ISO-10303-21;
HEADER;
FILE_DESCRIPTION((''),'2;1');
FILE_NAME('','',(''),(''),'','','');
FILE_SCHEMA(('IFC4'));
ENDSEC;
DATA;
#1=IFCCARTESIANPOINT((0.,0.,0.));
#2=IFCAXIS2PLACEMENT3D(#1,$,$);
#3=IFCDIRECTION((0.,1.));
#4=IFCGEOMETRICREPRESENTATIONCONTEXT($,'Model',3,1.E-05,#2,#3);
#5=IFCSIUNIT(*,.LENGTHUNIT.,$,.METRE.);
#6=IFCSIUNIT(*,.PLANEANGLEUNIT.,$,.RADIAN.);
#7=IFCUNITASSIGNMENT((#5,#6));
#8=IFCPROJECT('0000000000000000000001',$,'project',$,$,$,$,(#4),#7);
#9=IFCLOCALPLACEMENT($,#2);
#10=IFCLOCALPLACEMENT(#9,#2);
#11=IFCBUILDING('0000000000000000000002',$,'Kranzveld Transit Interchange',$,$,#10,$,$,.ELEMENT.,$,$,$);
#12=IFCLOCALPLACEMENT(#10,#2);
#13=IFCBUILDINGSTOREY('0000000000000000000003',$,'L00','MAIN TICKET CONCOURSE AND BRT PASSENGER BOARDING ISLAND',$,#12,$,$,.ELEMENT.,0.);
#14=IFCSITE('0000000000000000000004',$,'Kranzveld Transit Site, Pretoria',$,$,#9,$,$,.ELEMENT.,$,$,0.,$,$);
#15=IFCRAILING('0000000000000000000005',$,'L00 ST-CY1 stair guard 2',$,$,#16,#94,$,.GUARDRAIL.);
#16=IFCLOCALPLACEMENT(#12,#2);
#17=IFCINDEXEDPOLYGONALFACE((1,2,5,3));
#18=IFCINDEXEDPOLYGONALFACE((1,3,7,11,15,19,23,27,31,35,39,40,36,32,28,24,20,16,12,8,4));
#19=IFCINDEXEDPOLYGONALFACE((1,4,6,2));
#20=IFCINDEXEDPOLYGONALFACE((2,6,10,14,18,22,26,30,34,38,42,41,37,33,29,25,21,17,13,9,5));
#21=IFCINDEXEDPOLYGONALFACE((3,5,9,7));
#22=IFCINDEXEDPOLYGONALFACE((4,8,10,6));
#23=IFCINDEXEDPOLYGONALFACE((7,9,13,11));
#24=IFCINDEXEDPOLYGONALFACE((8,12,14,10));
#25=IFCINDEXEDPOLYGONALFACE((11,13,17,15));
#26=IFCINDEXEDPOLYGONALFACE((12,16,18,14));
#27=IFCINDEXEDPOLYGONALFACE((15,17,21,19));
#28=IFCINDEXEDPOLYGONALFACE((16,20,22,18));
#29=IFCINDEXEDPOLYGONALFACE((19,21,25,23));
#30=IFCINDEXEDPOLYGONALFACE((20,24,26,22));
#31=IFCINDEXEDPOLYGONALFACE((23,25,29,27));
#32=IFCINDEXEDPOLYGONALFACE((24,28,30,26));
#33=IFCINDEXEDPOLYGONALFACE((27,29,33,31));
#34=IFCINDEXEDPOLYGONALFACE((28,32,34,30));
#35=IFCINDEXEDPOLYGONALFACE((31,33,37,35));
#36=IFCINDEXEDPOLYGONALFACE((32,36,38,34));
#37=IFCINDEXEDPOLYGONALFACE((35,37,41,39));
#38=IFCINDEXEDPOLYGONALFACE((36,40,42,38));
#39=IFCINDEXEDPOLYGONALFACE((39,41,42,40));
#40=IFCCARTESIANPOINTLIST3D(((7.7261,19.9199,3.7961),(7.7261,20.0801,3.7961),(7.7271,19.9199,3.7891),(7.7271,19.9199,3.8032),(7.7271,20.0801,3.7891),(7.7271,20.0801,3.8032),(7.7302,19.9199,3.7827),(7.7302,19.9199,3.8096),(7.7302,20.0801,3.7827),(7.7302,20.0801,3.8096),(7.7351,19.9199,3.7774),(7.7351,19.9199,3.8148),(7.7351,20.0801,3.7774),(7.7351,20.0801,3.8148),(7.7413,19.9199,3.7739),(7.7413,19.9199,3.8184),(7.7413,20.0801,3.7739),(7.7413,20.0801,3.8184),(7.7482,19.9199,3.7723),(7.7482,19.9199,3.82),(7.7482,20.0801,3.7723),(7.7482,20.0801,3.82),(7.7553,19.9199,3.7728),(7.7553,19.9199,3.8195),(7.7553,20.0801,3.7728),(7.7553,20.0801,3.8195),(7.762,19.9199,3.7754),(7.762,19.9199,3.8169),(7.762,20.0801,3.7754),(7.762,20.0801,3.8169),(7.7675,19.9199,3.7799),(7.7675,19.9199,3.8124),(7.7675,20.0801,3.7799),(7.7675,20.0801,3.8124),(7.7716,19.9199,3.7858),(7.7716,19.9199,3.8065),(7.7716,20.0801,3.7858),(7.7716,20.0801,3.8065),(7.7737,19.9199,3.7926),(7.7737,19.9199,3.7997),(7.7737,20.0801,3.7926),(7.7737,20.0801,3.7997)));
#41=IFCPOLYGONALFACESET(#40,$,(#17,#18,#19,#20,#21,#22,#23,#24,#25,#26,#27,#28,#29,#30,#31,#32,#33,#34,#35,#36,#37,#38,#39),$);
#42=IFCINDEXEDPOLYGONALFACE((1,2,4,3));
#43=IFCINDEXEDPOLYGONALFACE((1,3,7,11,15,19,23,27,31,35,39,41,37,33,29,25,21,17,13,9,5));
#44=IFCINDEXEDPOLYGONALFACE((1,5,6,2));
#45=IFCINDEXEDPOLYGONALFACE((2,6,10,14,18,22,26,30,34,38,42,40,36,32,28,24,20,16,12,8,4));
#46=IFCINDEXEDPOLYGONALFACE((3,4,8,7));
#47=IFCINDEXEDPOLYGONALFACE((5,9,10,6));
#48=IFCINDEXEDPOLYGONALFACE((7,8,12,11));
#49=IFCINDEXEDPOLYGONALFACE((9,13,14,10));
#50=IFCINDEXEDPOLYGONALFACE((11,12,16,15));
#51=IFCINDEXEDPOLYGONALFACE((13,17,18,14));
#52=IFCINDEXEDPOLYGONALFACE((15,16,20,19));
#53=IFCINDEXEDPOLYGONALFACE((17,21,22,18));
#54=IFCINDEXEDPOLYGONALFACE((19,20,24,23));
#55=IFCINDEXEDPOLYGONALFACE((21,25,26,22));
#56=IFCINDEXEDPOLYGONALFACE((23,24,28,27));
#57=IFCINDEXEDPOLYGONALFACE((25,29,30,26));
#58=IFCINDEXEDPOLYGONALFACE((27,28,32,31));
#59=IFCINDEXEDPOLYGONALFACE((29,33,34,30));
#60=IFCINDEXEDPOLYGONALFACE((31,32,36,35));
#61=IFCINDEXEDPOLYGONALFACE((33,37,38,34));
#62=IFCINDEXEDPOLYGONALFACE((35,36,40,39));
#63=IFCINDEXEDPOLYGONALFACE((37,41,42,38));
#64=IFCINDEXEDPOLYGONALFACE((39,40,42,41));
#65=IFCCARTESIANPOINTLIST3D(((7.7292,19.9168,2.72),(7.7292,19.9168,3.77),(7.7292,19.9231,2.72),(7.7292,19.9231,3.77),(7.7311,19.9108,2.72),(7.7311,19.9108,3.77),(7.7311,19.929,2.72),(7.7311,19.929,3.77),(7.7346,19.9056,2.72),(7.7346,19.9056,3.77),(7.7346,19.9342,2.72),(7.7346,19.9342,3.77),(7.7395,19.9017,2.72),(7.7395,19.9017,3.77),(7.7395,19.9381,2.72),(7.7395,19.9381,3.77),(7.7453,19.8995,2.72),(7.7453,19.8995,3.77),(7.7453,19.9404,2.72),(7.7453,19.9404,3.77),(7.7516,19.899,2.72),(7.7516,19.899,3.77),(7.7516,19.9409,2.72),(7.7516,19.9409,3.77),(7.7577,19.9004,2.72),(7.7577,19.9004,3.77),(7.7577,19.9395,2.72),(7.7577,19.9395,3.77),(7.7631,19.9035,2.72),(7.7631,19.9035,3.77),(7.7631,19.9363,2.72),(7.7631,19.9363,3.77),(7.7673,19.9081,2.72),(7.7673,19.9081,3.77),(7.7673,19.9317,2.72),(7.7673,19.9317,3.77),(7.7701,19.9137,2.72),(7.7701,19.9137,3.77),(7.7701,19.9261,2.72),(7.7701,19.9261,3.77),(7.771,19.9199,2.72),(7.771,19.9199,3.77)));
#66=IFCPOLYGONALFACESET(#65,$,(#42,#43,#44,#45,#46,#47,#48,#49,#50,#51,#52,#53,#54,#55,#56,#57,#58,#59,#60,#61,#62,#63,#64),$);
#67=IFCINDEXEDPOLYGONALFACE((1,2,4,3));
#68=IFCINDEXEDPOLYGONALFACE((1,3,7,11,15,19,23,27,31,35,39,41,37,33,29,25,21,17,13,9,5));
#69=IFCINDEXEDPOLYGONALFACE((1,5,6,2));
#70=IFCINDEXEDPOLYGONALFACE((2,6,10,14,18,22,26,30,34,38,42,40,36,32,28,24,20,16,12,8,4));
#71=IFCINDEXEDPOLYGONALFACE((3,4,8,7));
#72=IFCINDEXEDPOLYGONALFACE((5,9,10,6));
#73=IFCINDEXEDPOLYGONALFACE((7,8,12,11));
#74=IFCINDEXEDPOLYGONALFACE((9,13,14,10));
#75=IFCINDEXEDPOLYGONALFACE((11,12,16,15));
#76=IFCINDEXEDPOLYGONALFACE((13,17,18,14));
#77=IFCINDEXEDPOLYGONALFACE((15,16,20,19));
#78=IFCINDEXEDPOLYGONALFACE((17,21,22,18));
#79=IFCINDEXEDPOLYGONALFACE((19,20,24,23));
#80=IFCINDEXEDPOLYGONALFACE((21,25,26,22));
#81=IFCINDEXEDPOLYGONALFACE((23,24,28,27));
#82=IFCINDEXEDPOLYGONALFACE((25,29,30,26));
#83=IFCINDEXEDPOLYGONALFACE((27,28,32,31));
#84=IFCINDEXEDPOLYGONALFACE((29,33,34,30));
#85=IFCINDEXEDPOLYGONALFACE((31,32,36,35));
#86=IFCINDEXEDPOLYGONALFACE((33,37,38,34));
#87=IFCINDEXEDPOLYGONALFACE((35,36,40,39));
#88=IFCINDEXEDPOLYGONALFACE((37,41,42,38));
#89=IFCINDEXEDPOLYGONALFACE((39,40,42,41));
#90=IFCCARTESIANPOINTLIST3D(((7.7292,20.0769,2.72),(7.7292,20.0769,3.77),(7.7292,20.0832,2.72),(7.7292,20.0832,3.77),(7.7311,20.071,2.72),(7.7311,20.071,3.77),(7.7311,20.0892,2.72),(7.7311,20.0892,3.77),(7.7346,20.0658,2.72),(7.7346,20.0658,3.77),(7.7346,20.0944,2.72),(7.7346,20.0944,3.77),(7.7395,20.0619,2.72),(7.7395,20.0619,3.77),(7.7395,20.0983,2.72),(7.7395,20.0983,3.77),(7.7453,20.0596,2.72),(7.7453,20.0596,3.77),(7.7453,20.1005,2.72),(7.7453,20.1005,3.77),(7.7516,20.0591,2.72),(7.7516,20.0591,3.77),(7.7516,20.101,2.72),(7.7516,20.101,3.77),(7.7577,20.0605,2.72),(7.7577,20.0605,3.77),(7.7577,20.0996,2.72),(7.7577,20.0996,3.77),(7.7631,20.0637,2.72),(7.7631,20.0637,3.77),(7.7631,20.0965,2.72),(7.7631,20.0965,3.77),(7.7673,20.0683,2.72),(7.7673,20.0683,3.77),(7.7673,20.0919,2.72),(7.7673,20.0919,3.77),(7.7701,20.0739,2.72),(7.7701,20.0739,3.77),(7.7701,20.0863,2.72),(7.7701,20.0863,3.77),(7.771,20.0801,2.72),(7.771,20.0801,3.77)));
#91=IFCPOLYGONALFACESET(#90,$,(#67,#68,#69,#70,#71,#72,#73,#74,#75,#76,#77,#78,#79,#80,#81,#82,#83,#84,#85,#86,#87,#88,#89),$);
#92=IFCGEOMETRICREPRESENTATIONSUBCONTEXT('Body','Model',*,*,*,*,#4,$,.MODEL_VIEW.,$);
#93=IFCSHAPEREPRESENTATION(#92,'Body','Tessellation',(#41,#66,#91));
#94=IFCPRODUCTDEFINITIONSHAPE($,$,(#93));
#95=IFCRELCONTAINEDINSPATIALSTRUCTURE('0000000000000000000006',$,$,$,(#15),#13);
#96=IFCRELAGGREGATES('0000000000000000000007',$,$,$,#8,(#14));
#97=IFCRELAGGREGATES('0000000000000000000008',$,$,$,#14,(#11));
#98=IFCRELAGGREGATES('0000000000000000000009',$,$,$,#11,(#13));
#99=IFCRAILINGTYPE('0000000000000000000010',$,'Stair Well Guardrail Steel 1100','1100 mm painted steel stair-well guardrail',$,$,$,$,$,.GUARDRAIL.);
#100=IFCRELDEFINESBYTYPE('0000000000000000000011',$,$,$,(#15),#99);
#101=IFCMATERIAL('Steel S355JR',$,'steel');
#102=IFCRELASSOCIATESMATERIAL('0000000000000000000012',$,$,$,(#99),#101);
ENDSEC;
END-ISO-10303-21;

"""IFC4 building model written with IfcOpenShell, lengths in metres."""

from ifc_helpers import new_model, si_unit, direction, frame, origin, origin_2d, place, context, subcontext, project, spatial, circle, extrude, material, type_object, element, save


model = new_model("IFC4")

# Units and contexts
model_context = context("Model", 3, precision=1e-05, world=origin(), true_north=direction((0.0, 1.0)))
body_context = subcontext(model_context, "Body", "Model", "MODEL_VIEW")
ifc_project = project(units=[si_unit("LENGTHUNIT", "METRE"), si_unit("PLANEANGLEUNIT", "RADIAN")], contexts=[model_context])

# Site, building, storey
site_placement = place(None, origin())
site = spatial("IfcSite", under=ifc_project, at=site_placement, Name="Kranzveld Transit Site, Pretoria", CompositionType="ELEMENT", RefElevation=0.0)
building_placement = place(site_placement, origin())
building = spatial("IfcBuilding", under=site, at=building_placement, Name="Kranzveld Transit Interchange", CompositionType="ELEMENT")
storey_placement = place(building_placement, origin())
storey = spatial("IfcBuildingStorey", under=building, at=storey_placement, Name="L00", Description="MAIN TICKET CONCOURSE AND BRT PASSENGER BOARDING ISLAND", CompositionType="ELEMENT", Elevation=0.0)

# Railing
ifc_material_1 = material(Name="Steel S355JR", Category="steel")
railing_type_1 = type_object("IfcRailingType", Name="Stair Well Guardrail Steel 1100", Description="1100 mm painted steel stair-well guardrail", PredefinedType="GUARDRAIL", material=ifc_material_1)
railing_1_placement = place(storey_placement, frame((7.75, 19.9199, 2.72)))
element("IfcRailing", 1, at=railing_1_placement, inside=storey, type_object=railing_type_1, Name="L00 ST-CY1 stair guard 2", PredefinedType="GUARDRAIL", context=body_context, shape_type="SweptSolid", body=[
    extrude(circle(Radius=0.0239, at=origin_2d()), frame((0.0, 0.0, 1.0762), z_axis=(0.0, 1.0, 0.0), x_axis=(-1.0, 0.0, 0.0)), (0.0, 0.0, 1.0), 0.1602),
    extrude(circle(Radius=0.021, at=origin_2d()), origin(), (0.0, 0.0, 1.0), 1.05),
    extrude(circle(Radius=0.021, at=origin_2d()), frame((0.0, 0.1602, 0.0)), (0.0, 0.0, 1.0), 1.05),
])

save(model, "model.ifc")
